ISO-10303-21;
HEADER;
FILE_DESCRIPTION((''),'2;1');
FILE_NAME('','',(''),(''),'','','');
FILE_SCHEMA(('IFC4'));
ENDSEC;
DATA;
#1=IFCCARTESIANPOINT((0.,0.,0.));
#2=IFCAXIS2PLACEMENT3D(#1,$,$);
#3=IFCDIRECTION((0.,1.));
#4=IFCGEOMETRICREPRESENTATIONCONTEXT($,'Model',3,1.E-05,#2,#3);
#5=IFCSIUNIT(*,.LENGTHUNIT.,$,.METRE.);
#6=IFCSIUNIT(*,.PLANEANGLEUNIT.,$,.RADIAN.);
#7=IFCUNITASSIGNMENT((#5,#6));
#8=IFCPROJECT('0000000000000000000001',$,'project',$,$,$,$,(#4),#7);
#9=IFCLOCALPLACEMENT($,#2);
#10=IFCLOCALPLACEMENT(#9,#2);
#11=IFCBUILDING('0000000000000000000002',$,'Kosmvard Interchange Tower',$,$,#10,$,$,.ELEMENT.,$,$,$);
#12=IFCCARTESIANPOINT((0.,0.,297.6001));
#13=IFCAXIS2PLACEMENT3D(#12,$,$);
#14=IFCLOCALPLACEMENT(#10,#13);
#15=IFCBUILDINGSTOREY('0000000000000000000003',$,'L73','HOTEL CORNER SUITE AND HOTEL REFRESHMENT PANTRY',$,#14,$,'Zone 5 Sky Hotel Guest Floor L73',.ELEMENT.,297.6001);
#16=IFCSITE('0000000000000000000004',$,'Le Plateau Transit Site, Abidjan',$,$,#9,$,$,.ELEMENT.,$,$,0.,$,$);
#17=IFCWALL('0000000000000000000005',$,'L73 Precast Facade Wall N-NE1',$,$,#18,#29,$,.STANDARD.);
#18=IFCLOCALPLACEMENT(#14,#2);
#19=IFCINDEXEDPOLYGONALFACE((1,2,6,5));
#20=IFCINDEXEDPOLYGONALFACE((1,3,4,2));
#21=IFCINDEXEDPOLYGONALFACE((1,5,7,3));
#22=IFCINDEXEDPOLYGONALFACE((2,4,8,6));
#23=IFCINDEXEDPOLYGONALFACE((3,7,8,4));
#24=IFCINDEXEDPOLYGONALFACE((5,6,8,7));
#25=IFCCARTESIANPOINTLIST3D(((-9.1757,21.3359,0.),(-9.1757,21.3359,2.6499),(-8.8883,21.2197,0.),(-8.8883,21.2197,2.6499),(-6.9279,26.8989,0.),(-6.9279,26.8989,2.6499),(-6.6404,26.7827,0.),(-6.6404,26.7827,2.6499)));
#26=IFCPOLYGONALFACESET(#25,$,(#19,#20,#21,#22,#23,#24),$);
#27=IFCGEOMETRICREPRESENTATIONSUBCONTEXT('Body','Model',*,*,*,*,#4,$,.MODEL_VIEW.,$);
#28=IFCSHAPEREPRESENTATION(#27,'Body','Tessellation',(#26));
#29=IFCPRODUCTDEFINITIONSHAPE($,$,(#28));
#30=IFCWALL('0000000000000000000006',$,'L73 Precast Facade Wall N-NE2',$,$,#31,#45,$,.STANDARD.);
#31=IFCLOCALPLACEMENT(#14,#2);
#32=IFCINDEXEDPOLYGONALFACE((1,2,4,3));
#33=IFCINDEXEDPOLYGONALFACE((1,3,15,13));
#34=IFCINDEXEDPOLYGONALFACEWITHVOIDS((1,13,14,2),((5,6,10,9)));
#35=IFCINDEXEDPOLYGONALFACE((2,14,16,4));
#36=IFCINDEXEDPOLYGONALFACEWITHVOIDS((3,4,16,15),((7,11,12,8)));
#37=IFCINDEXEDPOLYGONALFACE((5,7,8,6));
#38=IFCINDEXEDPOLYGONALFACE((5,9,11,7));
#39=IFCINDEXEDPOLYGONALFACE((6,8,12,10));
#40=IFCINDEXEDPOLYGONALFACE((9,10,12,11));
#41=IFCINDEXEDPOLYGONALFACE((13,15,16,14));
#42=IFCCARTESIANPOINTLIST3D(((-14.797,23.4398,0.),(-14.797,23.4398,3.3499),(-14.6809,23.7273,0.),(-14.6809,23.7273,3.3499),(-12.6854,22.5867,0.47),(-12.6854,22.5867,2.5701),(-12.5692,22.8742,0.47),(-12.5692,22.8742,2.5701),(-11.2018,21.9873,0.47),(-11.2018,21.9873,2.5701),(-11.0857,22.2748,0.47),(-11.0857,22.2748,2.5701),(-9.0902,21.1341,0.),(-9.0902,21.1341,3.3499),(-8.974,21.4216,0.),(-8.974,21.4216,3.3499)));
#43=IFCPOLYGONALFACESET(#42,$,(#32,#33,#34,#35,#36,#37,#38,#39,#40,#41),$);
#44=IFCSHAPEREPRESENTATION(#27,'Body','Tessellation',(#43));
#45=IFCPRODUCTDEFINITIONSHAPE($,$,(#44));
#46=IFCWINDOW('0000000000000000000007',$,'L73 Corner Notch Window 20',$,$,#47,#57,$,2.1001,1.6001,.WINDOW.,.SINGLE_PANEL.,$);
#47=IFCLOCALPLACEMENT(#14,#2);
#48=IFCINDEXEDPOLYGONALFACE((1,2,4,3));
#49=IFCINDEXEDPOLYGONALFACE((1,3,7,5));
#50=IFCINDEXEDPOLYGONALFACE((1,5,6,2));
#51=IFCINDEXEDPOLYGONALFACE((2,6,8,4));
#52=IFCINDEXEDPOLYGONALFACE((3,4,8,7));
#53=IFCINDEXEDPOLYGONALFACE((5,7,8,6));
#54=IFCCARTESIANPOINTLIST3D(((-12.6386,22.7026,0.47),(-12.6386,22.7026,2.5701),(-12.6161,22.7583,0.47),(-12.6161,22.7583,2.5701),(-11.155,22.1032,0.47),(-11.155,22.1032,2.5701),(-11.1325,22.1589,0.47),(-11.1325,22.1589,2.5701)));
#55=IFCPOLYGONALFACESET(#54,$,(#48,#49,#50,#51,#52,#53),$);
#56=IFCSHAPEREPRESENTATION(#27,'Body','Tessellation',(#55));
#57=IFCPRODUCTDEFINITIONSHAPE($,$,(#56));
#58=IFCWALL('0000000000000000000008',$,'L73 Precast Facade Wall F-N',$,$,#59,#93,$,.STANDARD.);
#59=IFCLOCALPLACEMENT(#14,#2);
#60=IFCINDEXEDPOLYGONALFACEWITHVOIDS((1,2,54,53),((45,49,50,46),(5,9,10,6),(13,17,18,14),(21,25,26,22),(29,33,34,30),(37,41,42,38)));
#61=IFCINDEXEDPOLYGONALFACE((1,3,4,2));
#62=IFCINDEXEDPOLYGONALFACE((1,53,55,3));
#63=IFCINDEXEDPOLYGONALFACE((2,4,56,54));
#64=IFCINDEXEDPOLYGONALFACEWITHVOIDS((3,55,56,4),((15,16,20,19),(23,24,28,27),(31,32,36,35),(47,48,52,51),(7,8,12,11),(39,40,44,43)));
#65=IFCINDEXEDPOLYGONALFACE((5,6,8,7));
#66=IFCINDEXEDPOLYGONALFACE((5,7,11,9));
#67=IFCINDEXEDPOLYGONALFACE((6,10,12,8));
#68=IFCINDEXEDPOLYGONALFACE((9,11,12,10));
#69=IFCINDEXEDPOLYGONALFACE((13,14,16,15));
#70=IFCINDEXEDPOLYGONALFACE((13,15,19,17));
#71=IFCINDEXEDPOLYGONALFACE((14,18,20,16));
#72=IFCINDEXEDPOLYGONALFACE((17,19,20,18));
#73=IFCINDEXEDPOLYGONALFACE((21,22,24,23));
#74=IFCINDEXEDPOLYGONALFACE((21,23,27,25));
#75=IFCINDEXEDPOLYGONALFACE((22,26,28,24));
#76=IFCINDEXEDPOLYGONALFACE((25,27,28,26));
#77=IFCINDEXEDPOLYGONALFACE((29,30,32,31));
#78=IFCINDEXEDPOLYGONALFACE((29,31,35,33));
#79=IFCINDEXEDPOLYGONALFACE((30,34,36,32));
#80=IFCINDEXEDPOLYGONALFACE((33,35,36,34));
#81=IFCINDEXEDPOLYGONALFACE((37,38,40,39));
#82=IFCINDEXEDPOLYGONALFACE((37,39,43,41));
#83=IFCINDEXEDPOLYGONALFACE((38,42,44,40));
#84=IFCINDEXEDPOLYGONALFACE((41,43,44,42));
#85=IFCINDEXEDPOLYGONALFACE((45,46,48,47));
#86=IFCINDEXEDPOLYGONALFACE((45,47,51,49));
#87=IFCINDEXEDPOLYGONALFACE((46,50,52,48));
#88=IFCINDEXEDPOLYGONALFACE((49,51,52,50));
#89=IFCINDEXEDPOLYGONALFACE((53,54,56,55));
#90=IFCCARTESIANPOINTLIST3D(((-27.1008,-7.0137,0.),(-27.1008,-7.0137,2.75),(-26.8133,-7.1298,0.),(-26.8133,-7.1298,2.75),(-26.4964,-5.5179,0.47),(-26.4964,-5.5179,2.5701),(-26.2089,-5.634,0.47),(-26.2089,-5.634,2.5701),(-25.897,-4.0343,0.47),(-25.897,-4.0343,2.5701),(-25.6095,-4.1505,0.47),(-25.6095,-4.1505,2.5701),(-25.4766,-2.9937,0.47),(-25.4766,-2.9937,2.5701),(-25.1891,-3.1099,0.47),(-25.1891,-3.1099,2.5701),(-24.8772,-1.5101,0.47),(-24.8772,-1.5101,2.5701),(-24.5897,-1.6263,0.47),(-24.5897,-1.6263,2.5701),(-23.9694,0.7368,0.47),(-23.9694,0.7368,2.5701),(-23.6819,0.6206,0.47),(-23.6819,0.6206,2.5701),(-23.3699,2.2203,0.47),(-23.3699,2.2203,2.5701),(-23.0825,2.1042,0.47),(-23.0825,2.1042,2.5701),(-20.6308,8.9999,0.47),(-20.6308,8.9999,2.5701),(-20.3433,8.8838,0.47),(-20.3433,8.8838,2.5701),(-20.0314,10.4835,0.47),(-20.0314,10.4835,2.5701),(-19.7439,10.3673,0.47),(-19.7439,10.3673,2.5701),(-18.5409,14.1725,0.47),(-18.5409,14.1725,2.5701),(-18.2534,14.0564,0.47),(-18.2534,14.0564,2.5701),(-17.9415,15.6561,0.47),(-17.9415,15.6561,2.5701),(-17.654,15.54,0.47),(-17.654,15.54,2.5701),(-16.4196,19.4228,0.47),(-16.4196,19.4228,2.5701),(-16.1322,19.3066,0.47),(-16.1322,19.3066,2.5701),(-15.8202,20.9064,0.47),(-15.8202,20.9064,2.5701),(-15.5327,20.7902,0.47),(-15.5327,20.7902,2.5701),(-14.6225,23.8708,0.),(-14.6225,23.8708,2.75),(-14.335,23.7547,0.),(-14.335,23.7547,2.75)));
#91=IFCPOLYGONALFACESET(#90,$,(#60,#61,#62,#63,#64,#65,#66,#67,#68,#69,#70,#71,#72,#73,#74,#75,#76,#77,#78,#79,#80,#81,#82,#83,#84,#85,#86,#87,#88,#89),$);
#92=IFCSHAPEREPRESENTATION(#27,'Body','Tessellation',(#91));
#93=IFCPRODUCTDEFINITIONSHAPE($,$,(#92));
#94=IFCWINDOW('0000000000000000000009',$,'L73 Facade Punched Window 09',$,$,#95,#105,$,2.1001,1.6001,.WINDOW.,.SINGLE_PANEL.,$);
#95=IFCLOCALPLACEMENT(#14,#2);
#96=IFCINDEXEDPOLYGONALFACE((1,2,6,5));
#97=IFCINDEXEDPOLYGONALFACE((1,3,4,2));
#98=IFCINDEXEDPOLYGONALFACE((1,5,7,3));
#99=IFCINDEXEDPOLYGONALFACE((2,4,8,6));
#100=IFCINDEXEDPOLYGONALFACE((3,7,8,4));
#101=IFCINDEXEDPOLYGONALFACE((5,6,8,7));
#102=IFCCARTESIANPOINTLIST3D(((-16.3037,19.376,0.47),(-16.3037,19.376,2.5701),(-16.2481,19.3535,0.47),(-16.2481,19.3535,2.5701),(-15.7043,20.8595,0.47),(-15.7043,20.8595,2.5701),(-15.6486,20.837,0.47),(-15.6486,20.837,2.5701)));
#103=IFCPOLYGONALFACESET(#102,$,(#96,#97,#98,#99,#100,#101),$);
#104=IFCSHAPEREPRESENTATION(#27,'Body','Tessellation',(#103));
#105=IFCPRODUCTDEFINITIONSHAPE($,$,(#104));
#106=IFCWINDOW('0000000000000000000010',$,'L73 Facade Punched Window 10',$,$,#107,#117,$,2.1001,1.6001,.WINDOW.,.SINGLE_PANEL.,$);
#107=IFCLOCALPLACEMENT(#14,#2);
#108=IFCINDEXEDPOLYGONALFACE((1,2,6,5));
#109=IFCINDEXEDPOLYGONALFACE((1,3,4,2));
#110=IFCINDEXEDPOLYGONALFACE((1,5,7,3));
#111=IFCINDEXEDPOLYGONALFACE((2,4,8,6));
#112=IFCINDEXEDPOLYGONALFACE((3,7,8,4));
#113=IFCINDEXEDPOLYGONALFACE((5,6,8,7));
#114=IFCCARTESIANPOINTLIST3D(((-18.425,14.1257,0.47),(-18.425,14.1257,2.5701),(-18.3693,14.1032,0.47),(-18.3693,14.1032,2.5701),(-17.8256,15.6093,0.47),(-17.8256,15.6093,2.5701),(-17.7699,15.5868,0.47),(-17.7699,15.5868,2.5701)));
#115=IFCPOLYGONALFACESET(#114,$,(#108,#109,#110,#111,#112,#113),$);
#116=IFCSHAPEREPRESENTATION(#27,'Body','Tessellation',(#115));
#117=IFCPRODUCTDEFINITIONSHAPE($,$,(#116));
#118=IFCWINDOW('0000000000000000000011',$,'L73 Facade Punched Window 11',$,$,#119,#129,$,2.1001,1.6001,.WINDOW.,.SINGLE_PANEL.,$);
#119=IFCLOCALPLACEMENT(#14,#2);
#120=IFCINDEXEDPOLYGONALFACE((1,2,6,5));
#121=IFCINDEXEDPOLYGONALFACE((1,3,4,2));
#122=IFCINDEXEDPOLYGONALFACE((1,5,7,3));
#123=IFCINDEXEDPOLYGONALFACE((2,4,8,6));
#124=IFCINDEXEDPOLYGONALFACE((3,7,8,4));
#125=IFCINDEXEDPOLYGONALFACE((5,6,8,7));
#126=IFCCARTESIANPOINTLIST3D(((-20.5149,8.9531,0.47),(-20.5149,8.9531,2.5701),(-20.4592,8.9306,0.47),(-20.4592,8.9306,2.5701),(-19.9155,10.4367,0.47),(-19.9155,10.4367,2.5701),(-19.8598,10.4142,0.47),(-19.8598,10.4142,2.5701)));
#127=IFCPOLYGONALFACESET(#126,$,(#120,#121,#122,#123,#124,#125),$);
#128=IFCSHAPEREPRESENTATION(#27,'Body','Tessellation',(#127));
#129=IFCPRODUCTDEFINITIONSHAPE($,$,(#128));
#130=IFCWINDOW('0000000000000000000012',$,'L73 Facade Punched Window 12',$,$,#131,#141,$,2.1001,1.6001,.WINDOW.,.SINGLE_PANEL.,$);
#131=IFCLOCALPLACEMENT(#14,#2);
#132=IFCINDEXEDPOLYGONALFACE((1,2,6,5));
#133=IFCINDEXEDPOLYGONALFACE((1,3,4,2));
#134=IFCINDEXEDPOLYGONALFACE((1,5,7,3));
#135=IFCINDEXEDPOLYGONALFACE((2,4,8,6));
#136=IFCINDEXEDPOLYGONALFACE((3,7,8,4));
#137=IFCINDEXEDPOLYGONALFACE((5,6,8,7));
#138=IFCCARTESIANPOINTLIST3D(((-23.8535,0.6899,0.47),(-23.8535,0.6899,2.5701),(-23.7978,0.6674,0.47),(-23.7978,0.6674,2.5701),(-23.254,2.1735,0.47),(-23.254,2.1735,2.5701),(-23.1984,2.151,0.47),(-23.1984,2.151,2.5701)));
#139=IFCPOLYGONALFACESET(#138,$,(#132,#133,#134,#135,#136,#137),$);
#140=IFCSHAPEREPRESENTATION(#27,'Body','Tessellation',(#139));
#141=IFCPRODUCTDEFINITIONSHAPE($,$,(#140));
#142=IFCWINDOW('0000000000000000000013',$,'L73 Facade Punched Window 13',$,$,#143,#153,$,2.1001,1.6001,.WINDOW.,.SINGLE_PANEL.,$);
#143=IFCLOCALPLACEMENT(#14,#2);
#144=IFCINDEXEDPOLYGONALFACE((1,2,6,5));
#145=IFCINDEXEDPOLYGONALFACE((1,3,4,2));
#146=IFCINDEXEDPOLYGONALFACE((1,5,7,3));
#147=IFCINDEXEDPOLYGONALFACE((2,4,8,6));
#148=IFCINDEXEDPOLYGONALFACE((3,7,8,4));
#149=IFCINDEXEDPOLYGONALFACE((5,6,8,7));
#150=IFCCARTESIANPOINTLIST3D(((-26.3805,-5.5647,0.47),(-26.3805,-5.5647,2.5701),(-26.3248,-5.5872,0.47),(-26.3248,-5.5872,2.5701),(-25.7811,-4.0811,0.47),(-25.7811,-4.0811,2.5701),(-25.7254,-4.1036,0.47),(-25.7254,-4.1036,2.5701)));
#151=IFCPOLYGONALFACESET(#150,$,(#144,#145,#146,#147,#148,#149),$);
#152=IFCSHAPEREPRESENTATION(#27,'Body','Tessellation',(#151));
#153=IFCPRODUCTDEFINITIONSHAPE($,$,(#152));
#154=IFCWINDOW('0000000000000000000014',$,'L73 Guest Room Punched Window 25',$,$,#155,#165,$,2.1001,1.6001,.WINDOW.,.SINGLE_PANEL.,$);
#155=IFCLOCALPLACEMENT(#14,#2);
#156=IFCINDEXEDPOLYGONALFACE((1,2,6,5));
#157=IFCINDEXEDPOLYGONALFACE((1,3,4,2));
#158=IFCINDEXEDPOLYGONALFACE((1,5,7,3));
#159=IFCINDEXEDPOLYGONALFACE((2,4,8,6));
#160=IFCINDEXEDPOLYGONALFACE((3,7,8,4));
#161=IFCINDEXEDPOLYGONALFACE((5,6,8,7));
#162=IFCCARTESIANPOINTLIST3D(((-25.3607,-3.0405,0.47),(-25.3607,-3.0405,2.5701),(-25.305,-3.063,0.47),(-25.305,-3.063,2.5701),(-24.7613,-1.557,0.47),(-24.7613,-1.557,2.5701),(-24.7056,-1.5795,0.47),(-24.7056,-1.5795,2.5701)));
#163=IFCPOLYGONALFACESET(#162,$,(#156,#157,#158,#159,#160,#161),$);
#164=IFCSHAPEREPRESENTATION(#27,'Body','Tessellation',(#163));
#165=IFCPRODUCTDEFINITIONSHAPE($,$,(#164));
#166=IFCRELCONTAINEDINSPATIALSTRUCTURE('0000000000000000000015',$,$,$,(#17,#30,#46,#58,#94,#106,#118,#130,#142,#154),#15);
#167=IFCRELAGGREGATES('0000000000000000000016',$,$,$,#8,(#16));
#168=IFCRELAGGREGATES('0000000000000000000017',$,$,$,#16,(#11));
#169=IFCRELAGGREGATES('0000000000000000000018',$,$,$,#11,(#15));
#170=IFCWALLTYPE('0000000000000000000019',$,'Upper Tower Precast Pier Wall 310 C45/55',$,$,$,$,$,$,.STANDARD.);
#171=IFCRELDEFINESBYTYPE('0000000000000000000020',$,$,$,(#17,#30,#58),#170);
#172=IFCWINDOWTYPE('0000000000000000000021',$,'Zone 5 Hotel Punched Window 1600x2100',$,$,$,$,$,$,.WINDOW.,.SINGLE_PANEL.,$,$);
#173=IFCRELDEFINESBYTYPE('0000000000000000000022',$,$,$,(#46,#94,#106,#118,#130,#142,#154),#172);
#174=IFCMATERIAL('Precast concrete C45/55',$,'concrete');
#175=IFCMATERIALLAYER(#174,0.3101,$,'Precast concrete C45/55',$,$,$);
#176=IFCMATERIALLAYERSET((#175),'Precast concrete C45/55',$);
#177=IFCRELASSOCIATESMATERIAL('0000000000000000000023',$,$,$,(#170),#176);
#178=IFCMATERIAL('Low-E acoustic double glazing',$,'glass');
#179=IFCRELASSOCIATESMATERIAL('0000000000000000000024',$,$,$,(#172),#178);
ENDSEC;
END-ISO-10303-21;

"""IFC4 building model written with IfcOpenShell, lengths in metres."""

from ifc_helpers import new_model, si_unit, direction, frame, frame_2d, origin, place, context, subcontext, project, spatial, rectangle, extrude, source, transform, mapped, material, layer, layer_set, type_object, element, fill, save


model = new_model("IFC4")

# Units and contexts
model_context = context("Model", 3, precision=1e-05, world=origin(), true_north=direction((0.0, 1.0)))
body_context = subcontext(model_context, "Body", "Model", "MODEL_VIEW")
ifc_project = project(units=[si_unit("LENGTHUNIT", "METRE"), si_unit("PLANEANGLEUNIT", "RADIAN")], contexts=[model_context])

# Site, building, storey
site_placement = place(None, origin())
site = spatial("IfcSite", under=ifc_project, at=site_placement, Name="Le Plateau Transit Site, Abidjan", CompositionType="ELEMENT", RefElevation=0.0)
building_placement = place(site_placement, origin())
building = spatial("IfcBuilding", under=site, at=building_placement, Name="Kosmvard Interchange Tower", CompositionType="ELEMENT")
storey_placement = place(building_placement, frame((0.0, 0.0, 297.6001)))
storey = spatial("IfcBuildingStorey", under=building, at=storey_placement, Name="L73", Description="HOTEL CORNER SUITE AND HOTEL REFRESHMENT PANTRY", LongName="Zone 5 Sky Hotel Guest Floor L73", CompositionType="ELEMENT", Elevation=297.6001)

# Shared definitions
ifc_material_1 = material(Name="Precast concrete C45/55", Category="concrete")

# Wall
ifc_layer_1 = layer(ifc_material_1, 0.3101, Name="Precast concrete C45/55")
ifc_layer_set_1 = layer_set([ifc_layer_1], Name="Precast concrete C45/55")
wall_type_1 = type_object("IfcWallType", Name="Upper Tower Precast Pier Wall 310 C45/55", PredefinedType="STANDARD", material=ifc_layer_set_1)
wall_1_placement = place(storey_placement, frame((-6.7842, 26.8408, 0.0), z_axis=(0.0, 0.0, 1.0), x_axis=(-0.374637, -0.927172, 0.0)))
element("IfcWall", 1, at=wall_1_placement, inside=storey, type_object=wall_type_1, Name="L73 Precast Facade Wall N-NE1", PredefinedType="STANDARD", context=body_context, shape_type="SweptSolid", body=[
    extrude(rectangle(XDim=6.0, YDim=0.3101, at=frame_2d((3.0, 0.0))), origin(), (0.0, 0.0, 1.0), 2.6499),
])

# Wall, opening, window
wall_2_placement = place(storey_placement, frame((-9.032, 21.2778, 0.0), z_axis=(0.0, 0.0, 1.0), x_axis=(-0.927185, 0.374603, 0.0)))
wall_2 = element("IfcWall", 2, at=wall_2_placement, inside=storey, type_object=wall_type_1, Name="L73 Precast Facade Wall N-NE2", PredefinedType="STANDARD", context=body_context, shape_type="SweptSolid", body=[
    extrude(rectangle(XDim=6.155, YDim=0.3101, at=frame_2d((3.0776, 0.0))), origin(), (0.0, 0.0, 1.0), 3.3499),
])
opening_1_placement = place(wall_2_placement, frame((2.2776, 0.0, 0.47)))
opening_1 = element("IfcOpeningElement", 3, at=opening_1_placement, cuts=wall_2, PredefinedType="OPENING", context=body_context, shape_type="SweptSolid", body=[
    extrude(rectangle(XDim=1.6001, YDim=2.1001, at=frame_2d((0.8, 1.05))), frame((0.0, 0.165, 0.0), z_axis=(0.0, -1.0, 0.0), x_axis=(1.0, 0.0, 0.0)), (0.0, 0.0, 1.0), 0.3301),
])
ifc_material_2 = material(Name="Low-E acoustic double glazing", Category="glass")
window_type = type_object("IfcWindowType", Name="Zone 5 Hotel Punched Window 1600x2100", PartitioningType="SINGLE_PANEL", PredefinedType="WINDOW", material=ifc_material_2)
shared_shape_1 = source(origin(), body_context, "Body", "SweptSolid", [
    extrude(rectangle(XDim=1.6001, YDim=2.1001, at=frame_2d((0.8, 1.05))), frame((0.0, 0.03, 0.0), z_axis=(0.0, -1.0, 0.0), x_axis=(1.0, 0.0, 0.0)), (0.0, 0.0, 1.0), 0.0601),
])
window_1_placement = place(opening_1_placement, origin())
window_1 = element("IfcWindow", 4, at=window_1_placement, inside=storey, type_object=window_type, Name="L73 Corner Notch Window 20", OverallHeight=2.1001, OverallWidth=1.6001, PartitioningType="SINGLE_PANEL", PredefinedType="WINDOW", context=body_context, shape_type="MappedRepresentation", body=[
    mapped(shared_shape_1, transform((0.0, 0.0, 0.0), scale=1.0)),
])
fill(opening_1, window_1)

# Wall, openings, windows
wall_3_placement = place(storey_placement, frame((-14.4788, 23.8127, 0.0), z_axis=(0.0, 0.0, 1.0), x_axis=(-0.37461, -0.927183, 0.0)))
wall_3 = element("IfcWall", 5, at=wall_3_placement, inside=storey, type_object=wall_type_1, Name="L73 Precast Facade Wall F-N", PredefinedType="STANDARD", context=body_context, shape_type="SweptSolid", body=[
    extrude(rectangle(XDim=33.3101, YDim=0.3101, at=frame_2d((16.655, 0.0))), origin(), (0.0, 0.0, 1.0), 2.75),
])
opening_2_placement = place(wall_3_placement, frame((3.1973, 0.0, 0.47)))
opening_2 = element("IfcOpeningElement", 6, at=opening_2_placement, cuts=wall_3, PredefinedType="OPENING", context=body_context, shape_type="SweptSolid", body=[
    extrude(rectangle(XDim=1.6001, YDim=2.1001, at=frame_2d((0.8, 1.05))), frame((0.0, 0.165, 0.0), z_axis=(0.0, -1.0, 0.0), x_axis=(1.0, 0.0, 0.0)), (0.0, 0.0, 1.0), 0.3301),
])
opening_3_placement = place(wall_3_placement, frame((8.8599, 0.0, 0.47)))
opening_3 = element("IfcOpeningElement", 7, at=opening_3_placement, cuts=wall_3, PredefinedType="OPENING", context=body_context, shape_type="SweptSolid", body=[
    extrude(rectangle(XDim=1.6001, YDim=2.1001, at=frame_2d((0.8, 1.05))), frame((0.0, 0.165, 0.0), z_axis=(0.0, -1.0, 0.0), x_axis=(1.0, 0.0, 0.0)), (0.0, 0.0, 1.0), 0.3301),
])
opening_4_placement = place(wall_3_placement, frame((14.4387, 0.0, 0.47)))
opening_4 = element("IfcOpeningElement", 8, at=opening_4_placement, cuts=wall_3, PredefinedType="OPENING", context=body_context, shape_type="SweptSolid", body=[
    extrude(rectangle(XDim=1.6001, YDim=2.1001, at=frame_2d((0.8, 1.05))), frame((0.0, 0.165, 0.0), z_axis=(0.0, -1.0, 0.0), x_axis=(1.0, 0.0, 0.0)), (0.0, 0.0, 1.0), 0.3301),
])
opening_5_placement = place(wall_3_placement, frame((23.3508, 0.0, 0.47)))
opening_5 = element("IfcOpeningElement", 9, at=opening_5_placement, cuts=wall_3, PredefinedType="OPENING", context=body_context, shape_type="SweptSolid", body=[
    extrude(rectangle(XDim=1.6001, YDim=2.1001, at=frame_2d((0.8, 1.05))), frame((0.0, 0.165, 0.0), z_axis=(0.0, -1.0, 0.0), x_axis=(1.0, 0.0, 0.0)), (0.0, 0.0, 1.0), 0.3301),
])
opening_6_placement = place(wall_3_placement, frame((30.0967, 0.0, 0.47)))
opening_6 = element("IfcOpeningElement", 10, at=opening_6_placement, cuts=wall_3, PredefinedType="OPENING", context=body_context, shape_type="SweptSolid", body=[
    extrude(rectangle(XDim=1.6001, YDim=2.1001, at=frame_2d((0.8, 1.05))), frame((0.0, 0.165, 0.0), z_axis=(0.0, -1.0, 0.0), x_axis=(1.0, 0.0, 0.0)), (0.0, 0.0, 1.0), 0.3301),
])
opening_7_placement = place(wall_3_placement, frame((27.3743, 0.0, 0.47)))
opening_7 = element("IfcOpeningElement", 11, at=opening_7_placement, cuts=wall_3, PredefinedType="OPENING", context=body_context, shape_type="SweptSolid", body=[
    extrude(rectangle(XDim=1.6001, YDim=2.1001, at=frame_2d((0.8, 1.05))), frame((0.0, 0.165, 0.0), z_axis=(0.0, -1.0, 0.0), x_axis=(1.0, 0.0, 0.0)), (0.0, 0.0, 1.0), 0.3301),
])
window_2_placement = place(opening_2_placement, origin())
window_2 = element("IfcWindow", 12, at=window_2_placement, inside=storey, type_object=window_type, Name="L73 Facade Punched Window 09", OverallHeight=2.1001, OverallWidth=1.6001, PartitioningType="SINGLE_PANEL", PredefinedType="WINDOW", context=body_context, shape_type="MappedRepresentation", body=[
    mapped(shared_shape_1, transform((0.0, 0.0, 0.0), scale=1.0)),
])
fill(opening_2, window_2)
window_3_placement = place(opening_3_placement, origin())
window_3 = element("IfcWindow", 13, at=window_3_placement, inside=storey, type_object=window_type, Name="L73 Facade Punched Window 10", OverallHeight=2.1001, OverallWidth=1.6001, PartitioningType="SINGLE_PANEL", PredefinedType="WINDOW", context=body_context, shape_type="MappedRepresentation", body=[
    mapped(shared_shape_1, transform((0.0, 0.0, 0.0), scale=1.0)),
])
fill(opening_3, window_3)
window_4_placement = place(opening_4_placement, origin())
window_4 = element("IfcWindow", 14, at=window_4_placement, inside=storey, type_object=window_type, Name="L73 Facade Punched Window 11", OverallHeight=2.1001, OverallWidth=1.6001, PartitioningType="SINGLE_PANEL", PredefinedType="WINDOW", context=body_context, shape_type="MappedRepresentation", body=[
    mapped(shared_shape_1, transform((0.0, 0.0, 0.0), scale=1.0)),
])
fill(opening_4, window_4)
window_5_placement = place(opening_5_placement, origin())
window_5 = element("IfcWindow", 15, at=window_5_placement, inside=storey, type_object=window_type, Name="L73 Facade Punched Window 12", OverallHeight=2.1001, OverallWidth=1.6001, PartitioningType="SINGLE_PANEL", PredefinedType="WINDOW", context=body_context, shape_type="MappedRepresentation", body=[
    mapped(shared_shape_1, transform((0.0, 0.0, 0.0), scale=1.0)),
])
fill(opening_5, window_5)
window_6_placement = place(opening_6_placement, origin())
window_6 = element("IfcWindow", 16, at=window_6_placement, inside=storey, type_object=window_type, Name="L73 Facade Punched Window 13", OverallHeight=2.1001, OverallWidth=1.6001, PartitioningType="SINGLE_PANEL", PredefinedType="WINDOW", context=body_context, shape_type="MappedRepresentation", body=[
    mapped(shared_shape_1, transform((0.0, 0.0, 0.0), scale=1.0)),
])
fill(opening_6, window_6)
window_7_placement = place(opening_7_placement, origin())
window_7 = element("IfcWindow", 17, at=window_7_placement, inside=storey, type_object=window_type, Name="L73 Guest Room Punched Window 25", OverallHeight=2.1001, OverallWidth=1.6001, PartitioningType="SINGLE_PANEL", PredefinedType="WINDOW", context=body_context, shape_type="MappedRepresentation", body=[
    mapped(shared_shape_1, transform((0.0, 0.0, 0.0), scale=1.0)),
])
fill(opening_7, window_7)

save(model, "model.ifc")
